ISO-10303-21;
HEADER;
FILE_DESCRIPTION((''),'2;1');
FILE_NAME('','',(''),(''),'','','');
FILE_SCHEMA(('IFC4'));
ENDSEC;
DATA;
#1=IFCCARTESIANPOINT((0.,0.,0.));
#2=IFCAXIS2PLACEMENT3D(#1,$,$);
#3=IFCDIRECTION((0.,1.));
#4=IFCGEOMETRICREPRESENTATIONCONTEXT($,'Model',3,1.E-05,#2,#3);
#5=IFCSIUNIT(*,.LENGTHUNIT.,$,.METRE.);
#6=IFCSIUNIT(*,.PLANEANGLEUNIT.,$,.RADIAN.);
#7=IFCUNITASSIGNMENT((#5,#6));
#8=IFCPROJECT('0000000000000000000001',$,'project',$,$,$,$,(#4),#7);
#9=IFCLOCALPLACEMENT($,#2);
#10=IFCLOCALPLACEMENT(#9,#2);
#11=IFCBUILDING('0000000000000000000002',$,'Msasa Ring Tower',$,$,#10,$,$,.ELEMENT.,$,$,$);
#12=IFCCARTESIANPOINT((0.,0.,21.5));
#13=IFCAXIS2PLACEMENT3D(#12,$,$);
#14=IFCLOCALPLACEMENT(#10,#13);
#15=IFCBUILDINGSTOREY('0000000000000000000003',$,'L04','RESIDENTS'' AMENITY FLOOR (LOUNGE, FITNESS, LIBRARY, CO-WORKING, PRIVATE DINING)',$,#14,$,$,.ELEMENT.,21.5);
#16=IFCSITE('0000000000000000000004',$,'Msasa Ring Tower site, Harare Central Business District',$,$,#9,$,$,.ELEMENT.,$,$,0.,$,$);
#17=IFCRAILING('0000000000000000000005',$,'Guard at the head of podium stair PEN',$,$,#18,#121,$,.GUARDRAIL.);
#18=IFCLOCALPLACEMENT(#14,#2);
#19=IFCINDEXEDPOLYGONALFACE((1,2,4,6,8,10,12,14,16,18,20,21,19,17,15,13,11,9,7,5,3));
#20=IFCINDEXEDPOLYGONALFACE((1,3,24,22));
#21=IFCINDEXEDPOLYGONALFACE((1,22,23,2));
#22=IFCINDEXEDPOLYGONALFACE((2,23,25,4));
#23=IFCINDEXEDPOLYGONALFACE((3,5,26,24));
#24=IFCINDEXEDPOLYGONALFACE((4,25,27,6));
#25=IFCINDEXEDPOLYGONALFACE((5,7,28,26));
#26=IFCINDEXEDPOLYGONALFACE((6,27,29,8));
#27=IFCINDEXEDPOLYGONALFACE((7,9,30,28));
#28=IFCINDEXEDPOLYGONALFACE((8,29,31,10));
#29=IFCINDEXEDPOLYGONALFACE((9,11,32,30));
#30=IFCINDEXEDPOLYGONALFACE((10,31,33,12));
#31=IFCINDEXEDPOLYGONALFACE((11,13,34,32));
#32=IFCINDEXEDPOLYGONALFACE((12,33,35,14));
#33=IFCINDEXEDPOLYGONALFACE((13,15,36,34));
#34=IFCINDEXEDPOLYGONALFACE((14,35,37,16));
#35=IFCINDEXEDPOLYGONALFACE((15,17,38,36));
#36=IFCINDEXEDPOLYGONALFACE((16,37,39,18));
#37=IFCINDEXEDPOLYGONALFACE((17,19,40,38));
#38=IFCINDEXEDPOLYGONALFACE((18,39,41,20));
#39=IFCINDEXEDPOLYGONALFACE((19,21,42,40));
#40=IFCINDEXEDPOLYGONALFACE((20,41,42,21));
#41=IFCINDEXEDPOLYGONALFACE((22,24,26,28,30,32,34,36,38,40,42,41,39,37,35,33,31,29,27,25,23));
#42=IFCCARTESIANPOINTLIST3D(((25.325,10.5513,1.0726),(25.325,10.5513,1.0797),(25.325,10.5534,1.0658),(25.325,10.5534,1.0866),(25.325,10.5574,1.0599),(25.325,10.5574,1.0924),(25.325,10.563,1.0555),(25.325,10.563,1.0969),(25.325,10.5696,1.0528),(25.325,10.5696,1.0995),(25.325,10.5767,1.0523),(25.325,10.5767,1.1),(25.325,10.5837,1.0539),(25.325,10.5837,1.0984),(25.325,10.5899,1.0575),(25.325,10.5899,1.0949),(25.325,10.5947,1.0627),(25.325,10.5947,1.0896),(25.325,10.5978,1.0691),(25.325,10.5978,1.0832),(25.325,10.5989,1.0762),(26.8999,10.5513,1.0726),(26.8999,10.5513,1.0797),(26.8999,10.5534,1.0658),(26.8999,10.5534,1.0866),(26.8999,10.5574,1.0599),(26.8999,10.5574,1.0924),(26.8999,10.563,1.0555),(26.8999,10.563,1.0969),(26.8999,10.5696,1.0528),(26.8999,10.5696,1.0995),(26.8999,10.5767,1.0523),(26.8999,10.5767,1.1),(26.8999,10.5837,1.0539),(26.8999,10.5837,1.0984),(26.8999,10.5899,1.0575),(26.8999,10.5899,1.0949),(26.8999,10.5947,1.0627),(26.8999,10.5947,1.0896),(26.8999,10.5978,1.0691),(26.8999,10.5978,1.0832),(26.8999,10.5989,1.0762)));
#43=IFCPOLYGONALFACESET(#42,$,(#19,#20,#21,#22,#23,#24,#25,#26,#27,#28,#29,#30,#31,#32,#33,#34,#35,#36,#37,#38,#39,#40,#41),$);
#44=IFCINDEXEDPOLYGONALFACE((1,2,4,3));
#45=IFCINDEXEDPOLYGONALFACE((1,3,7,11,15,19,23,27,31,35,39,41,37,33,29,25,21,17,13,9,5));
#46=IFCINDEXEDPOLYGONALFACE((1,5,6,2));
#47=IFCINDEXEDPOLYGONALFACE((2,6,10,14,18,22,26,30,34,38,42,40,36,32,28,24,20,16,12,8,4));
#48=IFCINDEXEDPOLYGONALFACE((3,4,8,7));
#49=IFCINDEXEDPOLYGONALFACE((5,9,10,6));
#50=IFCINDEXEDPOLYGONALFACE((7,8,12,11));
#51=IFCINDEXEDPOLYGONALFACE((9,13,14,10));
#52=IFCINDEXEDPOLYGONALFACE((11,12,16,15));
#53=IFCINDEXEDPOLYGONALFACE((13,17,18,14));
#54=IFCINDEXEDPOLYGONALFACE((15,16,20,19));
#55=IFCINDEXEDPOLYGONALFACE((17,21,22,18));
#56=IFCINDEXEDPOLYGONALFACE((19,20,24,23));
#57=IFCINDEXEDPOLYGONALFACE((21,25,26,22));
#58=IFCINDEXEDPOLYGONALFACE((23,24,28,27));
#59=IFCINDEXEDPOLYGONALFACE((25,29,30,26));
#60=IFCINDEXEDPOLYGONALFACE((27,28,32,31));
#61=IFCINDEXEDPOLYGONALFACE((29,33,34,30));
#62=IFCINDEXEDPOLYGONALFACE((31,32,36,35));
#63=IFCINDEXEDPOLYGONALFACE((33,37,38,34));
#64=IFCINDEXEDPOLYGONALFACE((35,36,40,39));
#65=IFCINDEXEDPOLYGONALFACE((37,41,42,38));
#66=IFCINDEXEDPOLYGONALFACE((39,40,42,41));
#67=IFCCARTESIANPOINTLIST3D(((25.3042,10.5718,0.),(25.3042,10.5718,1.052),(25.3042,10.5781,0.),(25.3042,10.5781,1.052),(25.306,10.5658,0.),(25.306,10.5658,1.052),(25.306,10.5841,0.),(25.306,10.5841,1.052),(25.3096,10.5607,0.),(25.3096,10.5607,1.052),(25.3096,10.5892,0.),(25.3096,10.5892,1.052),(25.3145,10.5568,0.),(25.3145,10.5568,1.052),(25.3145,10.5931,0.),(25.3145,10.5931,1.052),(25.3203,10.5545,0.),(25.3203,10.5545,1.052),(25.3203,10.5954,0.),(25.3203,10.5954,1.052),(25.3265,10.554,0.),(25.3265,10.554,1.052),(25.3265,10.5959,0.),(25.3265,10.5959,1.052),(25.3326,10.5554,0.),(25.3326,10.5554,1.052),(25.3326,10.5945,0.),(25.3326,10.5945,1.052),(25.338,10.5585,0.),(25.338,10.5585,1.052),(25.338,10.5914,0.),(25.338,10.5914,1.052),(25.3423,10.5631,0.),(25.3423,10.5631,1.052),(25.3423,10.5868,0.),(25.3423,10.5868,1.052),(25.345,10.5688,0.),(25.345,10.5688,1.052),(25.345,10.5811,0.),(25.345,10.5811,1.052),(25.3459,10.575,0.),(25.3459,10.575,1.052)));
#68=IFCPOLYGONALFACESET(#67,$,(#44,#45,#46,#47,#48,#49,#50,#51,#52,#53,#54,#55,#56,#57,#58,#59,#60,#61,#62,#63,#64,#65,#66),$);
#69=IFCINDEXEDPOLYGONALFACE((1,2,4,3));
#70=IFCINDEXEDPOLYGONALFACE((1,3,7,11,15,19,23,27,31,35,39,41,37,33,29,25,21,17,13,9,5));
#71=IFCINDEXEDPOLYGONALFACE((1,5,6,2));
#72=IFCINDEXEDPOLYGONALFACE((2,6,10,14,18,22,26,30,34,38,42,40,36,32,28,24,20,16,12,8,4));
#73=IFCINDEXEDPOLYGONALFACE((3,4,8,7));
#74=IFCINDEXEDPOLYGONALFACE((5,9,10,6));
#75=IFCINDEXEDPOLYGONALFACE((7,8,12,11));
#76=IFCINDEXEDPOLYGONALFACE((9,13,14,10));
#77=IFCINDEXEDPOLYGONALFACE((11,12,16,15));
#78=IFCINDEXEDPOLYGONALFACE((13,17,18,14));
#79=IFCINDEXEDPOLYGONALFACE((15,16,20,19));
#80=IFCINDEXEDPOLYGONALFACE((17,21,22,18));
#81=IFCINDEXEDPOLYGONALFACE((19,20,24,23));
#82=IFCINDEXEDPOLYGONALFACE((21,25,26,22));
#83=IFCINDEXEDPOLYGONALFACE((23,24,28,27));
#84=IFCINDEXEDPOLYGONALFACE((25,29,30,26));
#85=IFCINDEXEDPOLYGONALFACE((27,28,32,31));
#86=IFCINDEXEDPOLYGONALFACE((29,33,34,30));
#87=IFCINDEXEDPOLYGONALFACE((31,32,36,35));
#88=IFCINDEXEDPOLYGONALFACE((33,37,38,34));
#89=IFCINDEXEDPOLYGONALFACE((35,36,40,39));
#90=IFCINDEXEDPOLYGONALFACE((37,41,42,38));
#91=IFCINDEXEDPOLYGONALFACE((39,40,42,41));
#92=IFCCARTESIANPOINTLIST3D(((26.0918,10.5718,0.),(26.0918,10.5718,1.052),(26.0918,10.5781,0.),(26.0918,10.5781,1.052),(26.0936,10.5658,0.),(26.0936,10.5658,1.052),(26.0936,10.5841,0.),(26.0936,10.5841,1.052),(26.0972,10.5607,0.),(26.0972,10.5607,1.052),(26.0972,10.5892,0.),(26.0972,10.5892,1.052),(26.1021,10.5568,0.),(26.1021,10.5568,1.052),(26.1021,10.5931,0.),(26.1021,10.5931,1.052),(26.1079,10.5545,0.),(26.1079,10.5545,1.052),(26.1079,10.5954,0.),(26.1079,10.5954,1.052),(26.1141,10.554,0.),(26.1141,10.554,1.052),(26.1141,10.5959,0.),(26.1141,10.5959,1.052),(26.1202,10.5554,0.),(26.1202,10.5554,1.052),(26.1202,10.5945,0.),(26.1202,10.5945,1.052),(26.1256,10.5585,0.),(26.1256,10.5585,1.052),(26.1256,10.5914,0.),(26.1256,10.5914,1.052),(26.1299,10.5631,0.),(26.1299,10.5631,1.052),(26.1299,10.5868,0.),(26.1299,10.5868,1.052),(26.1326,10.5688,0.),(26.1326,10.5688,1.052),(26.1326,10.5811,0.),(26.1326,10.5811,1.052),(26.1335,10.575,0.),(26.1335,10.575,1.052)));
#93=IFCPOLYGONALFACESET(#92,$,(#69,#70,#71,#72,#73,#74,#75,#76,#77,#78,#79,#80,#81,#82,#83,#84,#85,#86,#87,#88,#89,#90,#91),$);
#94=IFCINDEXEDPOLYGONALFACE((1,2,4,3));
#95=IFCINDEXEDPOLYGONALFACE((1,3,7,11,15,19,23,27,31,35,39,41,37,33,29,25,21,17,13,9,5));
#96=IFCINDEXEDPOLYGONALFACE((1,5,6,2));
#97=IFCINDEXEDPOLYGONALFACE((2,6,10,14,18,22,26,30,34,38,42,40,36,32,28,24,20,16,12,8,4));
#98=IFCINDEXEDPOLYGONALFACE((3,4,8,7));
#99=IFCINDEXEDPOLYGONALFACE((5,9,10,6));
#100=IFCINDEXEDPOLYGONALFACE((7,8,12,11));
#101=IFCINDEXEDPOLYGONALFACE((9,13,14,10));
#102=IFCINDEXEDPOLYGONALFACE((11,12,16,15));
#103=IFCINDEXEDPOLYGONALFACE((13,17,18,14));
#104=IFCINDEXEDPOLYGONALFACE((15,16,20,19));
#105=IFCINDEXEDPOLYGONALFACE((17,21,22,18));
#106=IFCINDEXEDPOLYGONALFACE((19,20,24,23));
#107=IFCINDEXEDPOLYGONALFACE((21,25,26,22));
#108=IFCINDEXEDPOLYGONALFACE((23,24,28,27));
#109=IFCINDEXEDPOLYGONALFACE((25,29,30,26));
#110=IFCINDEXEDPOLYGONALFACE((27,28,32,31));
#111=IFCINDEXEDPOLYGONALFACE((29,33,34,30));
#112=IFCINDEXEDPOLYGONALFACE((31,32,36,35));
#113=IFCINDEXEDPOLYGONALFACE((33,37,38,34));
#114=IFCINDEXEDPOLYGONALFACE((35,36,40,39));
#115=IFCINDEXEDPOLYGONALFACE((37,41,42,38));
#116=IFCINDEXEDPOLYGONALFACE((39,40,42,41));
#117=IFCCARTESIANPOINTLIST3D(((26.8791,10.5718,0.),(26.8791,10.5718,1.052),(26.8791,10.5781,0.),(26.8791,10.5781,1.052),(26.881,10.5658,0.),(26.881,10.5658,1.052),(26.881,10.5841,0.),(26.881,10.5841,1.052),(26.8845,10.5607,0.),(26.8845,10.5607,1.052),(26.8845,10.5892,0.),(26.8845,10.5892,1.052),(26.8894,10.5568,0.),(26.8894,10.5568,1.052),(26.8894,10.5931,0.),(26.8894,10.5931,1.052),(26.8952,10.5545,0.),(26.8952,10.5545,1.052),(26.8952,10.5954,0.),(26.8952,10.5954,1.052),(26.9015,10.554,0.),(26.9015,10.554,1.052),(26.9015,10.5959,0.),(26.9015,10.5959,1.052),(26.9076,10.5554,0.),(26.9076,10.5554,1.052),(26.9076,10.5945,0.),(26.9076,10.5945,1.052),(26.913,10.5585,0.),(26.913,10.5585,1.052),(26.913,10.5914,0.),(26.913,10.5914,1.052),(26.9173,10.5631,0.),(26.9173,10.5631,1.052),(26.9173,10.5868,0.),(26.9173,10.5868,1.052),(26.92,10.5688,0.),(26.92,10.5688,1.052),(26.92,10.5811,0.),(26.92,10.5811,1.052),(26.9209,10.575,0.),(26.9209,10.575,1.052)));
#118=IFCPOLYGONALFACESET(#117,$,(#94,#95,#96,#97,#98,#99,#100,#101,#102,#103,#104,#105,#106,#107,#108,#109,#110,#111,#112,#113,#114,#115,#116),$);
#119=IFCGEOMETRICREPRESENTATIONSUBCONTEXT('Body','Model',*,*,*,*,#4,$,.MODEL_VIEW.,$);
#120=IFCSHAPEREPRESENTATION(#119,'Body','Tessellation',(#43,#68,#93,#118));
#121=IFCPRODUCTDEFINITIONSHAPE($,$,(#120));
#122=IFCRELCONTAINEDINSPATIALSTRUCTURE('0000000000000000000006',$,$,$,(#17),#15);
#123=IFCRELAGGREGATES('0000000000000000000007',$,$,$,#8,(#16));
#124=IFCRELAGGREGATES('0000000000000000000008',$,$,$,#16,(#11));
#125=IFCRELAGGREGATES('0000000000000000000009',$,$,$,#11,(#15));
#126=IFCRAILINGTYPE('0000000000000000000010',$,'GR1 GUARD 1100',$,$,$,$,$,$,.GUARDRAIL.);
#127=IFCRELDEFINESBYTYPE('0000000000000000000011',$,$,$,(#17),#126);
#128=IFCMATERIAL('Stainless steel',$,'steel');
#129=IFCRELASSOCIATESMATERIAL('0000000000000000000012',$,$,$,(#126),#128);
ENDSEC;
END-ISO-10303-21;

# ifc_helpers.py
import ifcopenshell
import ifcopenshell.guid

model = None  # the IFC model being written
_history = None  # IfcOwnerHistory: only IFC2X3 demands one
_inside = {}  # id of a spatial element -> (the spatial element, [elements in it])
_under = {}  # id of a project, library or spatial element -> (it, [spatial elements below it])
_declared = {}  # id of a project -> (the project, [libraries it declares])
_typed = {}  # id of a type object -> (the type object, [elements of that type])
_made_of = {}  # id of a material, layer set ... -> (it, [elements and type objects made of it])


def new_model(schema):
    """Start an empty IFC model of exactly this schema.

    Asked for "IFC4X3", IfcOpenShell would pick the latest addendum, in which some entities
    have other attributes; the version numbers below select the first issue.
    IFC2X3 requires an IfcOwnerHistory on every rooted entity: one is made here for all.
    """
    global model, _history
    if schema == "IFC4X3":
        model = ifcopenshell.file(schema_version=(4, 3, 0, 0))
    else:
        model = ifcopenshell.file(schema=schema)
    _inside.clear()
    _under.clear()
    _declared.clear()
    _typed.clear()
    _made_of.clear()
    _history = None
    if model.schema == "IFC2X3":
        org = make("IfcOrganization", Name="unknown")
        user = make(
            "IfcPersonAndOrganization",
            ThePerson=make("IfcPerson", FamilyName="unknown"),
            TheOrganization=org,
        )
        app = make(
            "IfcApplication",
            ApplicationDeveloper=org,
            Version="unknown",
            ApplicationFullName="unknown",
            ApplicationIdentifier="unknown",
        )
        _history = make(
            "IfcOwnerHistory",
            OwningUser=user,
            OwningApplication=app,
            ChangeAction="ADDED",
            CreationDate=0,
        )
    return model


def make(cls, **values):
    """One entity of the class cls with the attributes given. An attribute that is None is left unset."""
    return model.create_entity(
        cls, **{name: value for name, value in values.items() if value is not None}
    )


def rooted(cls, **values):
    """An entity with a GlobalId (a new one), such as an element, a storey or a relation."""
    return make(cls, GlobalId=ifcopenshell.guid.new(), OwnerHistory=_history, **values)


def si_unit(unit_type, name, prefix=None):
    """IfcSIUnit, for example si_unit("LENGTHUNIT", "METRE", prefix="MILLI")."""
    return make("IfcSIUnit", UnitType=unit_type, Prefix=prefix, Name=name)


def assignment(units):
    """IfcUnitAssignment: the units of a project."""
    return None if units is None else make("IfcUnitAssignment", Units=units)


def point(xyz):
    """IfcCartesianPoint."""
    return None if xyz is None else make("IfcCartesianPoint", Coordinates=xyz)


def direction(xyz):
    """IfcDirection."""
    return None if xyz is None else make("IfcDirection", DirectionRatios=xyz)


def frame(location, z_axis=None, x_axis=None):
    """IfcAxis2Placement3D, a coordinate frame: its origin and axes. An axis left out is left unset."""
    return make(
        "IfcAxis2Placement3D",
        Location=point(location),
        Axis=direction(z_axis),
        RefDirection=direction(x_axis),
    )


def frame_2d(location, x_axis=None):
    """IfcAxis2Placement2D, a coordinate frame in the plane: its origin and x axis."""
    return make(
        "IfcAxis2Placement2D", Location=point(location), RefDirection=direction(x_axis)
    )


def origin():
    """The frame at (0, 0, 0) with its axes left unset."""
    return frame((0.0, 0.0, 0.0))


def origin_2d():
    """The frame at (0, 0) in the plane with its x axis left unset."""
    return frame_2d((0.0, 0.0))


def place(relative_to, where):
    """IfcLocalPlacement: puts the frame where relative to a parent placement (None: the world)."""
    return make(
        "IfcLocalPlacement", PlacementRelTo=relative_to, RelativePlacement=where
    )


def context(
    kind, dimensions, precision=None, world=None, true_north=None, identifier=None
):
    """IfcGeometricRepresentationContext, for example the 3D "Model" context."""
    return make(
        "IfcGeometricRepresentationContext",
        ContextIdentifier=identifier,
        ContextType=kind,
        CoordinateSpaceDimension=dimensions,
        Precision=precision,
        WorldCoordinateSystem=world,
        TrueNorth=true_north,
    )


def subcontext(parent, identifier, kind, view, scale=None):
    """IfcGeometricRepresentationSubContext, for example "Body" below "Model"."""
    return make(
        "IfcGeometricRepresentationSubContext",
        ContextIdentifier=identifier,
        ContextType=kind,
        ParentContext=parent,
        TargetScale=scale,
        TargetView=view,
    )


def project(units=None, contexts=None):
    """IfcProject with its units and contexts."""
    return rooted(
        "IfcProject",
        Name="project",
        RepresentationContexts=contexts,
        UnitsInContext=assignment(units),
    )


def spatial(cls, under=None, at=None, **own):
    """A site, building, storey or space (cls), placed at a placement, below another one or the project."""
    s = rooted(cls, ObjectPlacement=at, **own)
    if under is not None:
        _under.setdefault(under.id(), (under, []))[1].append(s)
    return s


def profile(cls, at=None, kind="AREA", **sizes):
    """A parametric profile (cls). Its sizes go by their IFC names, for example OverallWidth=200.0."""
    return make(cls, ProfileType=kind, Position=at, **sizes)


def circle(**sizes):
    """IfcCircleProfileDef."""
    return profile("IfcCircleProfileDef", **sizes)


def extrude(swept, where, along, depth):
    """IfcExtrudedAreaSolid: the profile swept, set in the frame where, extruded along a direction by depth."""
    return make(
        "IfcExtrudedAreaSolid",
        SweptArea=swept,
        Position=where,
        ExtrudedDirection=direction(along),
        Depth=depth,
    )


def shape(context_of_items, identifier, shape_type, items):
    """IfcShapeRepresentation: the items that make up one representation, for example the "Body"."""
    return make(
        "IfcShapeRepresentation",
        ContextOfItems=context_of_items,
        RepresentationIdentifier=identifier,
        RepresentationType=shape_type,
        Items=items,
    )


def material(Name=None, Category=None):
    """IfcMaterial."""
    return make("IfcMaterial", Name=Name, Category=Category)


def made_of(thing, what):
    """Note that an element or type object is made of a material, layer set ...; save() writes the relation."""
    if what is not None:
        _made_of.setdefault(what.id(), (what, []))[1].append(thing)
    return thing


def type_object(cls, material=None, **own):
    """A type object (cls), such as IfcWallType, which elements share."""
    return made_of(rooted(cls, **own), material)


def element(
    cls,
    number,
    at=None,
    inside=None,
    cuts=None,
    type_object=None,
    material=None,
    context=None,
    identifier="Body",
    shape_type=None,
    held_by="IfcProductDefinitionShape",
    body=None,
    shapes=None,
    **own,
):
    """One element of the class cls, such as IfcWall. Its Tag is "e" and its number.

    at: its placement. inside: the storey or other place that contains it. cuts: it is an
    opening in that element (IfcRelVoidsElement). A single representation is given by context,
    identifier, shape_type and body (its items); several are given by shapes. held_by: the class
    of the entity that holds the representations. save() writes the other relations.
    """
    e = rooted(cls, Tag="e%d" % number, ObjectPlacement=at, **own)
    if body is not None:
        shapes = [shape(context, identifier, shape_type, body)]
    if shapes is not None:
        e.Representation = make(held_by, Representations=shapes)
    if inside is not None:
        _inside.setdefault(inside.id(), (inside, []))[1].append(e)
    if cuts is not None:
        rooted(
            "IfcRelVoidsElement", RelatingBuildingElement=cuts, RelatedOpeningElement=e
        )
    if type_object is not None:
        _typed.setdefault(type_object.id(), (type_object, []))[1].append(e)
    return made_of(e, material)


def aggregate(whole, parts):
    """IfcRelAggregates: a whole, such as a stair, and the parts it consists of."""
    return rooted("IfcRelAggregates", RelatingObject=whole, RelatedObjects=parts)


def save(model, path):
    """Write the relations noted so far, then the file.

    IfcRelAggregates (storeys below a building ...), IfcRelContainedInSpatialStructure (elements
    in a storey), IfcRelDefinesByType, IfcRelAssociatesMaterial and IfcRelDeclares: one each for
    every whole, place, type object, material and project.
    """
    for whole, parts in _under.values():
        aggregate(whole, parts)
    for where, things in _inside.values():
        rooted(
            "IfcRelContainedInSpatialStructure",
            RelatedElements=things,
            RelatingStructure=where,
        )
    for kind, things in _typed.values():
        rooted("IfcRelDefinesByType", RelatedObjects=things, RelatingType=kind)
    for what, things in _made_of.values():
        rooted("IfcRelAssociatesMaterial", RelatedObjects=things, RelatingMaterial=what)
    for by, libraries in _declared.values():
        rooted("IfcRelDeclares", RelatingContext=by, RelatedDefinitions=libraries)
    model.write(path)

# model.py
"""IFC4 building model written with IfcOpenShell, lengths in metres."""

from ifc_helpers import new_model, si_unit, direction, frame, origin, origin_2d, place, context, subcontext, project, spatial, circle, extrude, material, type_object, element, save


model = new_model("IFC4")

# Units and contexts
model_context = context("Model", 3, precision=1e-05, world=origin(), true_north=direction((0.0, 1.0)))
body_context = subcontext(model_context, "Body", "Model", "MODEL_VIEW")
ifc_project = project(units=[si_unit("LENGTHUNIT", "METRE"), si_unit("PLANEANGLEUNIT", "RADIAN")], contexts=[model_context])

# Site, building, storey
site_placement = place(None, origin())
site = spatial("IfcSite", under=ifc_project, at=site_placement, Name="Msasa Ring Tower site, Harare Central Business District", CompositionType="ELEMENT", RefElevation=0.0)
building_placement = place(site_placement, origin())
building = spatial("IfcBuilding", under=site, at=building_placement, Name="Msasa Ring Tower", CompositionType="ELEMENT")
storey_placement = place(building_placement, frame((0.0, 0.0, 21.5)))
storey = spatial("IfcBuildingStorey", under=building, at=storey_placement, Name="L04", Description="RESIDENTS' AMENITY FLOOR (LOUNGE, FITNESS, LIBRARY, CO-WORKING, PRIVATE DINING)", CompositionType="ELEMENT", Elevation=21.5)

# Railing
ifc_material_1 = material(Name="Stainless steel", Category="steel")
railing_type = type_object("IfcRailingType", Name="GR1 GUARD 1100", PredefinedType="GUARDRAIL", material=ifc_material_1)
railing_placement = place(storey_placement, frame((25.325, 10.575, 0.0)))
element("IfcRailing", 1, at=railing_placement, inside=storey, type_object=railing_type, Name="Guard at the head of podium stair PEN", PredefinedType="GUARDRAIL", context=body_context, shape_type="SweptSolid", body=[
    extrude(circle(Radius=0.0239, at=origin_2d()), frame((0.0, 0.0, 1.0762), z_axis=(1.0, 0.0, 0.0), x_axis=(0.0, 1.0, 0.0)), (0.0, 0.0, 1.0), 1.575),
    extrude(circle(Radius=0.021, at=origin_2d()), origin(), (0.0, 0.0, 1.0), 1.052),
    extrude(circle(Radius=0.021, at=origin_2d()), frame((0.7876, 0.0, 0.0)), (0.0, 0.0, 1.0), 1.052),
    extrude(circle(Radius=0.021, at=origin_2d()), frame((1.575, 0.0, 0.0)), (0.0, 0.0, 1.0), 1.052),
])

save(model, "model.ifc")
